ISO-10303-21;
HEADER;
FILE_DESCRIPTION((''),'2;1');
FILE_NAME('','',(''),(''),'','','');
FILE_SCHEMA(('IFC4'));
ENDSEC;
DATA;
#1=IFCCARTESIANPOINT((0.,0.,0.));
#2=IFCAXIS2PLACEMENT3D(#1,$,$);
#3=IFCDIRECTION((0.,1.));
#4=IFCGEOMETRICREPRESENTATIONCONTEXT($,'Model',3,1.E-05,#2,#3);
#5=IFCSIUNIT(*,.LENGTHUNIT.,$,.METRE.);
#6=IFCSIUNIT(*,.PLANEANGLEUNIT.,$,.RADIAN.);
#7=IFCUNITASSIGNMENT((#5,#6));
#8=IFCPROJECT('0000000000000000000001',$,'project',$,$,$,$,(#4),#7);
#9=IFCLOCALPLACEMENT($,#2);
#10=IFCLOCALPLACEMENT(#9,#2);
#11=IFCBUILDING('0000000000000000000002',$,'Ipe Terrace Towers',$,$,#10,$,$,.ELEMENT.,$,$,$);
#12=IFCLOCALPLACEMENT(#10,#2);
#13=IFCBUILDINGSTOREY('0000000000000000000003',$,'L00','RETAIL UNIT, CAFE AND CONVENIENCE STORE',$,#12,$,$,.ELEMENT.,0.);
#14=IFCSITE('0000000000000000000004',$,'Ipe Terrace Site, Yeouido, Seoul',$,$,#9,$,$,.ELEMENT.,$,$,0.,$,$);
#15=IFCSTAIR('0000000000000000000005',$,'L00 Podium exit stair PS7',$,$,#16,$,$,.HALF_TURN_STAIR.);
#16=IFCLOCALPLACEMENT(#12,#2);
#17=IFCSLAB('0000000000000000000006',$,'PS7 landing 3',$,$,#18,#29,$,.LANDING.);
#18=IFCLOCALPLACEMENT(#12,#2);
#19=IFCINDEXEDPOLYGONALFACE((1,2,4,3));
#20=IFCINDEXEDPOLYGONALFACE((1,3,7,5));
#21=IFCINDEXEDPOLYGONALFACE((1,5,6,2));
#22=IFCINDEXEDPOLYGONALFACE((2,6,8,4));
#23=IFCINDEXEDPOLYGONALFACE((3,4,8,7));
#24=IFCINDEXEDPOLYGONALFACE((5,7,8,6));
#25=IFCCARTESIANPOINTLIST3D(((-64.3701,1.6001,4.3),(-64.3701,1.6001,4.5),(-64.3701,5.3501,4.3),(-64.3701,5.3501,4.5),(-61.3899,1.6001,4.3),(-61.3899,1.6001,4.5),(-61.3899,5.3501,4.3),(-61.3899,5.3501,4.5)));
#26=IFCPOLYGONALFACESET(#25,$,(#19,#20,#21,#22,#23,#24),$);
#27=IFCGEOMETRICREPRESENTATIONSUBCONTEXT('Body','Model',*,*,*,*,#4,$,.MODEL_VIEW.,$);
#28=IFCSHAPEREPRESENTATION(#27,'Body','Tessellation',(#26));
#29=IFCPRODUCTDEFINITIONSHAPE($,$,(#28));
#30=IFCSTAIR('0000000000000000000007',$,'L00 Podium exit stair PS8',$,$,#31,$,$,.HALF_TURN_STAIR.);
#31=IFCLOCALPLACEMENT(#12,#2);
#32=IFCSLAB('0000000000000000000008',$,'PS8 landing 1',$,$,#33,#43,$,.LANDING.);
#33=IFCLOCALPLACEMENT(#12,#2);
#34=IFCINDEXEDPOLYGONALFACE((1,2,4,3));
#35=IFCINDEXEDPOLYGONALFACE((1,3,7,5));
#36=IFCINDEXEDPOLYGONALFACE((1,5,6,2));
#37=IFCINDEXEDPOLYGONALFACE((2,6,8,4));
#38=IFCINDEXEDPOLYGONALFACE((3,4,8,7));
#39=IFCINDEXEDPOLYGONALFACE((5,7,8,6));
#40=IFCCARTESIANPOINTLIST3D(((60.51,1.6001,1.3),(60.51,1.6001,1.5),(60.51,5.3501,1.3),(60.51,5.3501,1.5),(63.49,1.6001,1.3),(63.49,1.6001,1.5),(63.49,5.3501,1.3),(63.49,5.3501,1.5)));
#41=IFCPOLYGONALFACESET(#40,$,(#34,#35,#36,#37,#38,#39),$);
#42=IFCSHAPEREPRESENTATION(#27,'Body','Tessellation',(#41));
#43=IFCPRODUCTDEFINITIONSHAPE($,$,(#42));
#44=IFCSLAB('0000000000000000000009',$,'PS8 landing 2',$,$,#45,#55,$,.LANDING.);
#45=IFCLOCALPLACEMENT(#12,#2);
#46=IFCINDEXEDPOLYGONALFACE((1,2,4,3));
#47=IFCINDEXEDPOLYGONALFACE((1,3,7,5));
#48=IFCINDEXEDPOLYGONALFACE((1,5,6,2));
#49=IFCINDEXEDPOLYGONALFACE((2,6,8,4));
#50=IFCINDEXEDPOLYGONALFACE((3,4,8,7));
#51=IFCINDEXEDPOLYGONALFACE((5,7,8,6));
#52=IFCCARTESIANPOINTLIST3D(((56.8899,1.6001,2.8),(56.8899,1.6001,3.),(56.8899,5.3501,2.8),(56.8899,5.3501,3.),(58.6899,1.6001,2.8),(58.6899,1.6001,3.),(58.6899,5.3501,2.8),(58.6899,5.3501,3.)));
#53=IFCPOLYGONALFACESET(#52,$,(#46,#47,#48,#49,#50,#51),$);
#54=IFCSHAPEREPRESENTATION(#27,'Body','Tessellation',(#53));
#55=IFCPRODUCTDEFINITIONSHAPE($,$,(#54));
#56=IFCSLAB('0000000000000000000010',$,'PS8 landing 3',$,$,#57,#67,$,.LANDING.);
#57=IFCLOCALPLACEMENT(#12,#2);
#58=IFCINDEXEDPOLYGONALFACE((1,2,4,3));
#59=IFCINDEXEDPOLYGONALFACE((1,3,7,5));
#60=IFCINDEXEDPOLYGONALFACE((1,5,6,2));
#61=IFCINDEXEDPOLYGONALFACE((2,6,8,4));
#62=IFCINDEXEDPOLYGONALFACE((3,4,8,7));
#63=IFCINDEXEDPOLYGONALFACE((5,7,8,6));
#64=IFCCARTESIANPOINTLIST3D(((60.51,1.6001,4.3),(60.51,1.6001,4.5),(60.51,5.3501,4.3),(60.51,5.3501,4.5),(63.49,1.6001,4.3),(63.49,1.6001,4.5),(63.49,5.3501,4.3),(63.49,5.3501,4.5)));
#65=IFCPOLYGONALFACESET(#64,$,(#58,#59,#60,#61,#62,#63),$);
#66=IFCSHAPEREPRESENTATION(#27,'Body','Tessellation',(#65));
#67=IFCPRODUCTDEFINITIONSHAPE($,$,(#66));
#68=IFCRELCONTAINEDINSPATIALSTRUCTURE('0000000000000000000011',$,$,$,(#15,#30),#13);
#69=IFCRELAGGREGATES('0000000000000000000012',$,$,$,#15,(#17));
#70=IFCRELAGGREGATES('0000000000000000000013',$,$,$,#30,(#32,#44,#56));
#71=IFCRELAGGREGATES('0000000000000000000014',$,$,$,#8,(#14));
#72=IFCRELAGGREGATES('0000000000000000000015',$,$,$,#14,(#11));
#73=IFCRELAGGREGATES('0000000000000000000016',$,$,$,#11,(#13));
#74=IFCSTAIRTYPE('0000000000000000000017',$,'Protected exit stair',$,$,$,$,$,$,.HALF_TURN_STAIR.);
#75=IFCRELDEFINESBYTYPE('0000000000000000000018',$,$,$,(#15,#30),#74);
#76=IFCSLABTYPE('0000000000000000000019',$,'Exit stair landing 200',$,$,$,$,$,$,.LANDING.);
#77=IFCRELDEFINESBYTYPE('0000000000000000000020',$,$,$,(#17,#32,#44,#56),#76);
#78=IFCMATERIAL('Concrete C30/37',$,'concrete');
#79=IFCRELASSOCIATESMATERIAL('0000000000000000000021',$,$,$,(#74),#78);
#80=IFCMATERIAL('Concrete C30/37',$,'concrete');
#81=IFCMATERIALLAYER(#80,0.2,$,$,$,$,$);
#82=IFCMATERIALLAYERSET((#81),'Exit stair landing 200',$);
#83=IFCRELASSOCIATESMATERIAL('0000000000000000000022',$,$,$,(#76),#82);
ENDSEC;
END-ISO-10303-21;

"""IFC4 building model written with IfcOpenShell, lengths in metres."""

from ifc_helpers import new_model, si_unit, direction, frame, origin, place, context, subcontext, project, spatial, polyline, outline, extrude, material, layer, layer_set, type_object, element, aggregate, save


model = new_model("IFC4")

# Units and contexts
model_context = context("Model", 3, precision=1e-05, world=origin(), true_north=direction((0.0, 1.0)))
body_context = subcontext(model_context, "Body", "Model", "MODEL_VIEW")
ifc_project = project(units=[si_unit("LENGTHUNIT", "METRE"), si_unit("PLANEANGLEUNIT", "RADIAN")], contexts=[model_context])

# Site, building, storey
site_placement = place(None, origin())
site = spatial("IfcSite", under=ifc_project, at=site_placement, Name="Ipe Terrace Site, Yeouido, Seoul", CompositionType="ELEMENT", RefElevation=0.0)
building_placement = place(site_placement, origin())
building = spatial("IfcBuilding", under=site, at=building_placement, Name="Ipe Terrace Towers", CompositionType="ELEMENT")
storey_placement = place(building_placement, origin())
storey = spatial("IfcBuildingStorey", under=building, at=storey_placement, Name="L00", Description="RETAIL UNIT, CAFE AND CONVENIENCE STORE", CompositionType="ELEMENT", Elevation=0.0)

# Stairs, slabs
ifc_material_1 = material(Name="Concrete C30/37", Category="concrete")
stair_type = type_object("IfcStairType", Name="Protected exit stair", PredefinedType="HALF_TURN_STAIR", material=ifc_material_1)
ifc_material_2 = material(Name="Concrete C30/37", Category="concrete")
ifc_layer_1 = layer(ifc_material_2, 0.2)
ifc_layer_set_1 = layer_set([ifc_layer_1], Name="Exit stair landing 200")
slab_type_1 = type_object("IfcSlabType", Name="Exit stair landing 200", PredefinedType="LANDING", material=ifc_layer_set_1)
stair_1_placement = place(storey_placement, origin())
stair_1 = element("IfcStair", 1, at=stair_1_placement, inside=storey, type_object=stair_type, Name="L00 Podium exit stair PS7", PredefinedType="HALF_TURN_STAIR")
slab_1_placement = place(storey_placement, frame((0.0, 0.0, 4.3)))
slab_1 = element("IfcSlab", 2, at=slab_1_placement, type_object=slab_type_1, Name="PS7 landing 3", PredefinedType="LANDING", context=body_context, shape_type="SweptSolid", body=[
    extrude(outline(polyline([(-64.3701, 1.6001), (-61.3899, 1.6001), (-61.3899, 5.3501), (-64.3701, 5.3501), (-64.3701, 1.6001)])), origin(), (0.0, 0.0, 1.0), 0.2),
])
aggregate(stair_1, [slab_1])
stair_2_placement = place(storey_placement, origin())
stair_2 = element("IfcStair", 3, at=stair_2_placement, inside=storey, type_object=stair_type, Name="L00 Podium exit stair PS8", PredefinedType="HALF_TURN_STAIR")
slab_2_placement = place(storey_placement, frame((0.0, 0.0, 1.3)))
slab_2 = element("IfcSlab", 4, at=slab_2_placement, type_object=slab_type_1, Name="PS8 landing 1", PredefinedType="LANDING", context=body_context, shape_type="SweptSolid", body=[
    extrude(outline(polyline([(60.51, 1.6001), (63.49, 1.6001), (63.49, 5.3501), (60.51, 5.3501), (60.51, 1.6001)])), origin(), (0.0, 0.0, 1.0), 0.2),
])
slab_3_placement = place(storey_placement, frame((0.0, 0.0, 2.8)))
slab_3 = element("IfcSlab", 5, at=slab_3_placement, type_object=slab_type_1, Name="PS8 landing 2", PredefinedType="LANDING", context=body_context, shape_type="SweptSolid", body=[
    extrude(outline(polyline([(56.8899, 1.6001), (58.6899, 1.6001), (58.6899, 5.3501), (56.8899, 5.3501), (56.8899, 1.6001)])), origin(), (0.0, 0.0, 1.0), 0.2),
])
slab_4_placement = place(storey_placement, frame((0.0, 0.0, 4.3)))
slab_4 = element("IfcSlab", 6, at=slab_4_placement, type_object=slab_type_1, Name="PS8 landing 3", PredefinedType="LANDING", context=body_context, shape_type="SweptSolid", body=[
    extrude(outline(polyline([(60.51, 1.6001), (63.49, 1.6001), (63.49, 5.3501), (60.51, 5.3501), (60.51, 1.6001)])), origin(), (0.0, 0.0, 1.0), 0.2),
])
aggregate(stair_2, [slab_2, slab_3, slab_4])

save(model, "model.ifc")
